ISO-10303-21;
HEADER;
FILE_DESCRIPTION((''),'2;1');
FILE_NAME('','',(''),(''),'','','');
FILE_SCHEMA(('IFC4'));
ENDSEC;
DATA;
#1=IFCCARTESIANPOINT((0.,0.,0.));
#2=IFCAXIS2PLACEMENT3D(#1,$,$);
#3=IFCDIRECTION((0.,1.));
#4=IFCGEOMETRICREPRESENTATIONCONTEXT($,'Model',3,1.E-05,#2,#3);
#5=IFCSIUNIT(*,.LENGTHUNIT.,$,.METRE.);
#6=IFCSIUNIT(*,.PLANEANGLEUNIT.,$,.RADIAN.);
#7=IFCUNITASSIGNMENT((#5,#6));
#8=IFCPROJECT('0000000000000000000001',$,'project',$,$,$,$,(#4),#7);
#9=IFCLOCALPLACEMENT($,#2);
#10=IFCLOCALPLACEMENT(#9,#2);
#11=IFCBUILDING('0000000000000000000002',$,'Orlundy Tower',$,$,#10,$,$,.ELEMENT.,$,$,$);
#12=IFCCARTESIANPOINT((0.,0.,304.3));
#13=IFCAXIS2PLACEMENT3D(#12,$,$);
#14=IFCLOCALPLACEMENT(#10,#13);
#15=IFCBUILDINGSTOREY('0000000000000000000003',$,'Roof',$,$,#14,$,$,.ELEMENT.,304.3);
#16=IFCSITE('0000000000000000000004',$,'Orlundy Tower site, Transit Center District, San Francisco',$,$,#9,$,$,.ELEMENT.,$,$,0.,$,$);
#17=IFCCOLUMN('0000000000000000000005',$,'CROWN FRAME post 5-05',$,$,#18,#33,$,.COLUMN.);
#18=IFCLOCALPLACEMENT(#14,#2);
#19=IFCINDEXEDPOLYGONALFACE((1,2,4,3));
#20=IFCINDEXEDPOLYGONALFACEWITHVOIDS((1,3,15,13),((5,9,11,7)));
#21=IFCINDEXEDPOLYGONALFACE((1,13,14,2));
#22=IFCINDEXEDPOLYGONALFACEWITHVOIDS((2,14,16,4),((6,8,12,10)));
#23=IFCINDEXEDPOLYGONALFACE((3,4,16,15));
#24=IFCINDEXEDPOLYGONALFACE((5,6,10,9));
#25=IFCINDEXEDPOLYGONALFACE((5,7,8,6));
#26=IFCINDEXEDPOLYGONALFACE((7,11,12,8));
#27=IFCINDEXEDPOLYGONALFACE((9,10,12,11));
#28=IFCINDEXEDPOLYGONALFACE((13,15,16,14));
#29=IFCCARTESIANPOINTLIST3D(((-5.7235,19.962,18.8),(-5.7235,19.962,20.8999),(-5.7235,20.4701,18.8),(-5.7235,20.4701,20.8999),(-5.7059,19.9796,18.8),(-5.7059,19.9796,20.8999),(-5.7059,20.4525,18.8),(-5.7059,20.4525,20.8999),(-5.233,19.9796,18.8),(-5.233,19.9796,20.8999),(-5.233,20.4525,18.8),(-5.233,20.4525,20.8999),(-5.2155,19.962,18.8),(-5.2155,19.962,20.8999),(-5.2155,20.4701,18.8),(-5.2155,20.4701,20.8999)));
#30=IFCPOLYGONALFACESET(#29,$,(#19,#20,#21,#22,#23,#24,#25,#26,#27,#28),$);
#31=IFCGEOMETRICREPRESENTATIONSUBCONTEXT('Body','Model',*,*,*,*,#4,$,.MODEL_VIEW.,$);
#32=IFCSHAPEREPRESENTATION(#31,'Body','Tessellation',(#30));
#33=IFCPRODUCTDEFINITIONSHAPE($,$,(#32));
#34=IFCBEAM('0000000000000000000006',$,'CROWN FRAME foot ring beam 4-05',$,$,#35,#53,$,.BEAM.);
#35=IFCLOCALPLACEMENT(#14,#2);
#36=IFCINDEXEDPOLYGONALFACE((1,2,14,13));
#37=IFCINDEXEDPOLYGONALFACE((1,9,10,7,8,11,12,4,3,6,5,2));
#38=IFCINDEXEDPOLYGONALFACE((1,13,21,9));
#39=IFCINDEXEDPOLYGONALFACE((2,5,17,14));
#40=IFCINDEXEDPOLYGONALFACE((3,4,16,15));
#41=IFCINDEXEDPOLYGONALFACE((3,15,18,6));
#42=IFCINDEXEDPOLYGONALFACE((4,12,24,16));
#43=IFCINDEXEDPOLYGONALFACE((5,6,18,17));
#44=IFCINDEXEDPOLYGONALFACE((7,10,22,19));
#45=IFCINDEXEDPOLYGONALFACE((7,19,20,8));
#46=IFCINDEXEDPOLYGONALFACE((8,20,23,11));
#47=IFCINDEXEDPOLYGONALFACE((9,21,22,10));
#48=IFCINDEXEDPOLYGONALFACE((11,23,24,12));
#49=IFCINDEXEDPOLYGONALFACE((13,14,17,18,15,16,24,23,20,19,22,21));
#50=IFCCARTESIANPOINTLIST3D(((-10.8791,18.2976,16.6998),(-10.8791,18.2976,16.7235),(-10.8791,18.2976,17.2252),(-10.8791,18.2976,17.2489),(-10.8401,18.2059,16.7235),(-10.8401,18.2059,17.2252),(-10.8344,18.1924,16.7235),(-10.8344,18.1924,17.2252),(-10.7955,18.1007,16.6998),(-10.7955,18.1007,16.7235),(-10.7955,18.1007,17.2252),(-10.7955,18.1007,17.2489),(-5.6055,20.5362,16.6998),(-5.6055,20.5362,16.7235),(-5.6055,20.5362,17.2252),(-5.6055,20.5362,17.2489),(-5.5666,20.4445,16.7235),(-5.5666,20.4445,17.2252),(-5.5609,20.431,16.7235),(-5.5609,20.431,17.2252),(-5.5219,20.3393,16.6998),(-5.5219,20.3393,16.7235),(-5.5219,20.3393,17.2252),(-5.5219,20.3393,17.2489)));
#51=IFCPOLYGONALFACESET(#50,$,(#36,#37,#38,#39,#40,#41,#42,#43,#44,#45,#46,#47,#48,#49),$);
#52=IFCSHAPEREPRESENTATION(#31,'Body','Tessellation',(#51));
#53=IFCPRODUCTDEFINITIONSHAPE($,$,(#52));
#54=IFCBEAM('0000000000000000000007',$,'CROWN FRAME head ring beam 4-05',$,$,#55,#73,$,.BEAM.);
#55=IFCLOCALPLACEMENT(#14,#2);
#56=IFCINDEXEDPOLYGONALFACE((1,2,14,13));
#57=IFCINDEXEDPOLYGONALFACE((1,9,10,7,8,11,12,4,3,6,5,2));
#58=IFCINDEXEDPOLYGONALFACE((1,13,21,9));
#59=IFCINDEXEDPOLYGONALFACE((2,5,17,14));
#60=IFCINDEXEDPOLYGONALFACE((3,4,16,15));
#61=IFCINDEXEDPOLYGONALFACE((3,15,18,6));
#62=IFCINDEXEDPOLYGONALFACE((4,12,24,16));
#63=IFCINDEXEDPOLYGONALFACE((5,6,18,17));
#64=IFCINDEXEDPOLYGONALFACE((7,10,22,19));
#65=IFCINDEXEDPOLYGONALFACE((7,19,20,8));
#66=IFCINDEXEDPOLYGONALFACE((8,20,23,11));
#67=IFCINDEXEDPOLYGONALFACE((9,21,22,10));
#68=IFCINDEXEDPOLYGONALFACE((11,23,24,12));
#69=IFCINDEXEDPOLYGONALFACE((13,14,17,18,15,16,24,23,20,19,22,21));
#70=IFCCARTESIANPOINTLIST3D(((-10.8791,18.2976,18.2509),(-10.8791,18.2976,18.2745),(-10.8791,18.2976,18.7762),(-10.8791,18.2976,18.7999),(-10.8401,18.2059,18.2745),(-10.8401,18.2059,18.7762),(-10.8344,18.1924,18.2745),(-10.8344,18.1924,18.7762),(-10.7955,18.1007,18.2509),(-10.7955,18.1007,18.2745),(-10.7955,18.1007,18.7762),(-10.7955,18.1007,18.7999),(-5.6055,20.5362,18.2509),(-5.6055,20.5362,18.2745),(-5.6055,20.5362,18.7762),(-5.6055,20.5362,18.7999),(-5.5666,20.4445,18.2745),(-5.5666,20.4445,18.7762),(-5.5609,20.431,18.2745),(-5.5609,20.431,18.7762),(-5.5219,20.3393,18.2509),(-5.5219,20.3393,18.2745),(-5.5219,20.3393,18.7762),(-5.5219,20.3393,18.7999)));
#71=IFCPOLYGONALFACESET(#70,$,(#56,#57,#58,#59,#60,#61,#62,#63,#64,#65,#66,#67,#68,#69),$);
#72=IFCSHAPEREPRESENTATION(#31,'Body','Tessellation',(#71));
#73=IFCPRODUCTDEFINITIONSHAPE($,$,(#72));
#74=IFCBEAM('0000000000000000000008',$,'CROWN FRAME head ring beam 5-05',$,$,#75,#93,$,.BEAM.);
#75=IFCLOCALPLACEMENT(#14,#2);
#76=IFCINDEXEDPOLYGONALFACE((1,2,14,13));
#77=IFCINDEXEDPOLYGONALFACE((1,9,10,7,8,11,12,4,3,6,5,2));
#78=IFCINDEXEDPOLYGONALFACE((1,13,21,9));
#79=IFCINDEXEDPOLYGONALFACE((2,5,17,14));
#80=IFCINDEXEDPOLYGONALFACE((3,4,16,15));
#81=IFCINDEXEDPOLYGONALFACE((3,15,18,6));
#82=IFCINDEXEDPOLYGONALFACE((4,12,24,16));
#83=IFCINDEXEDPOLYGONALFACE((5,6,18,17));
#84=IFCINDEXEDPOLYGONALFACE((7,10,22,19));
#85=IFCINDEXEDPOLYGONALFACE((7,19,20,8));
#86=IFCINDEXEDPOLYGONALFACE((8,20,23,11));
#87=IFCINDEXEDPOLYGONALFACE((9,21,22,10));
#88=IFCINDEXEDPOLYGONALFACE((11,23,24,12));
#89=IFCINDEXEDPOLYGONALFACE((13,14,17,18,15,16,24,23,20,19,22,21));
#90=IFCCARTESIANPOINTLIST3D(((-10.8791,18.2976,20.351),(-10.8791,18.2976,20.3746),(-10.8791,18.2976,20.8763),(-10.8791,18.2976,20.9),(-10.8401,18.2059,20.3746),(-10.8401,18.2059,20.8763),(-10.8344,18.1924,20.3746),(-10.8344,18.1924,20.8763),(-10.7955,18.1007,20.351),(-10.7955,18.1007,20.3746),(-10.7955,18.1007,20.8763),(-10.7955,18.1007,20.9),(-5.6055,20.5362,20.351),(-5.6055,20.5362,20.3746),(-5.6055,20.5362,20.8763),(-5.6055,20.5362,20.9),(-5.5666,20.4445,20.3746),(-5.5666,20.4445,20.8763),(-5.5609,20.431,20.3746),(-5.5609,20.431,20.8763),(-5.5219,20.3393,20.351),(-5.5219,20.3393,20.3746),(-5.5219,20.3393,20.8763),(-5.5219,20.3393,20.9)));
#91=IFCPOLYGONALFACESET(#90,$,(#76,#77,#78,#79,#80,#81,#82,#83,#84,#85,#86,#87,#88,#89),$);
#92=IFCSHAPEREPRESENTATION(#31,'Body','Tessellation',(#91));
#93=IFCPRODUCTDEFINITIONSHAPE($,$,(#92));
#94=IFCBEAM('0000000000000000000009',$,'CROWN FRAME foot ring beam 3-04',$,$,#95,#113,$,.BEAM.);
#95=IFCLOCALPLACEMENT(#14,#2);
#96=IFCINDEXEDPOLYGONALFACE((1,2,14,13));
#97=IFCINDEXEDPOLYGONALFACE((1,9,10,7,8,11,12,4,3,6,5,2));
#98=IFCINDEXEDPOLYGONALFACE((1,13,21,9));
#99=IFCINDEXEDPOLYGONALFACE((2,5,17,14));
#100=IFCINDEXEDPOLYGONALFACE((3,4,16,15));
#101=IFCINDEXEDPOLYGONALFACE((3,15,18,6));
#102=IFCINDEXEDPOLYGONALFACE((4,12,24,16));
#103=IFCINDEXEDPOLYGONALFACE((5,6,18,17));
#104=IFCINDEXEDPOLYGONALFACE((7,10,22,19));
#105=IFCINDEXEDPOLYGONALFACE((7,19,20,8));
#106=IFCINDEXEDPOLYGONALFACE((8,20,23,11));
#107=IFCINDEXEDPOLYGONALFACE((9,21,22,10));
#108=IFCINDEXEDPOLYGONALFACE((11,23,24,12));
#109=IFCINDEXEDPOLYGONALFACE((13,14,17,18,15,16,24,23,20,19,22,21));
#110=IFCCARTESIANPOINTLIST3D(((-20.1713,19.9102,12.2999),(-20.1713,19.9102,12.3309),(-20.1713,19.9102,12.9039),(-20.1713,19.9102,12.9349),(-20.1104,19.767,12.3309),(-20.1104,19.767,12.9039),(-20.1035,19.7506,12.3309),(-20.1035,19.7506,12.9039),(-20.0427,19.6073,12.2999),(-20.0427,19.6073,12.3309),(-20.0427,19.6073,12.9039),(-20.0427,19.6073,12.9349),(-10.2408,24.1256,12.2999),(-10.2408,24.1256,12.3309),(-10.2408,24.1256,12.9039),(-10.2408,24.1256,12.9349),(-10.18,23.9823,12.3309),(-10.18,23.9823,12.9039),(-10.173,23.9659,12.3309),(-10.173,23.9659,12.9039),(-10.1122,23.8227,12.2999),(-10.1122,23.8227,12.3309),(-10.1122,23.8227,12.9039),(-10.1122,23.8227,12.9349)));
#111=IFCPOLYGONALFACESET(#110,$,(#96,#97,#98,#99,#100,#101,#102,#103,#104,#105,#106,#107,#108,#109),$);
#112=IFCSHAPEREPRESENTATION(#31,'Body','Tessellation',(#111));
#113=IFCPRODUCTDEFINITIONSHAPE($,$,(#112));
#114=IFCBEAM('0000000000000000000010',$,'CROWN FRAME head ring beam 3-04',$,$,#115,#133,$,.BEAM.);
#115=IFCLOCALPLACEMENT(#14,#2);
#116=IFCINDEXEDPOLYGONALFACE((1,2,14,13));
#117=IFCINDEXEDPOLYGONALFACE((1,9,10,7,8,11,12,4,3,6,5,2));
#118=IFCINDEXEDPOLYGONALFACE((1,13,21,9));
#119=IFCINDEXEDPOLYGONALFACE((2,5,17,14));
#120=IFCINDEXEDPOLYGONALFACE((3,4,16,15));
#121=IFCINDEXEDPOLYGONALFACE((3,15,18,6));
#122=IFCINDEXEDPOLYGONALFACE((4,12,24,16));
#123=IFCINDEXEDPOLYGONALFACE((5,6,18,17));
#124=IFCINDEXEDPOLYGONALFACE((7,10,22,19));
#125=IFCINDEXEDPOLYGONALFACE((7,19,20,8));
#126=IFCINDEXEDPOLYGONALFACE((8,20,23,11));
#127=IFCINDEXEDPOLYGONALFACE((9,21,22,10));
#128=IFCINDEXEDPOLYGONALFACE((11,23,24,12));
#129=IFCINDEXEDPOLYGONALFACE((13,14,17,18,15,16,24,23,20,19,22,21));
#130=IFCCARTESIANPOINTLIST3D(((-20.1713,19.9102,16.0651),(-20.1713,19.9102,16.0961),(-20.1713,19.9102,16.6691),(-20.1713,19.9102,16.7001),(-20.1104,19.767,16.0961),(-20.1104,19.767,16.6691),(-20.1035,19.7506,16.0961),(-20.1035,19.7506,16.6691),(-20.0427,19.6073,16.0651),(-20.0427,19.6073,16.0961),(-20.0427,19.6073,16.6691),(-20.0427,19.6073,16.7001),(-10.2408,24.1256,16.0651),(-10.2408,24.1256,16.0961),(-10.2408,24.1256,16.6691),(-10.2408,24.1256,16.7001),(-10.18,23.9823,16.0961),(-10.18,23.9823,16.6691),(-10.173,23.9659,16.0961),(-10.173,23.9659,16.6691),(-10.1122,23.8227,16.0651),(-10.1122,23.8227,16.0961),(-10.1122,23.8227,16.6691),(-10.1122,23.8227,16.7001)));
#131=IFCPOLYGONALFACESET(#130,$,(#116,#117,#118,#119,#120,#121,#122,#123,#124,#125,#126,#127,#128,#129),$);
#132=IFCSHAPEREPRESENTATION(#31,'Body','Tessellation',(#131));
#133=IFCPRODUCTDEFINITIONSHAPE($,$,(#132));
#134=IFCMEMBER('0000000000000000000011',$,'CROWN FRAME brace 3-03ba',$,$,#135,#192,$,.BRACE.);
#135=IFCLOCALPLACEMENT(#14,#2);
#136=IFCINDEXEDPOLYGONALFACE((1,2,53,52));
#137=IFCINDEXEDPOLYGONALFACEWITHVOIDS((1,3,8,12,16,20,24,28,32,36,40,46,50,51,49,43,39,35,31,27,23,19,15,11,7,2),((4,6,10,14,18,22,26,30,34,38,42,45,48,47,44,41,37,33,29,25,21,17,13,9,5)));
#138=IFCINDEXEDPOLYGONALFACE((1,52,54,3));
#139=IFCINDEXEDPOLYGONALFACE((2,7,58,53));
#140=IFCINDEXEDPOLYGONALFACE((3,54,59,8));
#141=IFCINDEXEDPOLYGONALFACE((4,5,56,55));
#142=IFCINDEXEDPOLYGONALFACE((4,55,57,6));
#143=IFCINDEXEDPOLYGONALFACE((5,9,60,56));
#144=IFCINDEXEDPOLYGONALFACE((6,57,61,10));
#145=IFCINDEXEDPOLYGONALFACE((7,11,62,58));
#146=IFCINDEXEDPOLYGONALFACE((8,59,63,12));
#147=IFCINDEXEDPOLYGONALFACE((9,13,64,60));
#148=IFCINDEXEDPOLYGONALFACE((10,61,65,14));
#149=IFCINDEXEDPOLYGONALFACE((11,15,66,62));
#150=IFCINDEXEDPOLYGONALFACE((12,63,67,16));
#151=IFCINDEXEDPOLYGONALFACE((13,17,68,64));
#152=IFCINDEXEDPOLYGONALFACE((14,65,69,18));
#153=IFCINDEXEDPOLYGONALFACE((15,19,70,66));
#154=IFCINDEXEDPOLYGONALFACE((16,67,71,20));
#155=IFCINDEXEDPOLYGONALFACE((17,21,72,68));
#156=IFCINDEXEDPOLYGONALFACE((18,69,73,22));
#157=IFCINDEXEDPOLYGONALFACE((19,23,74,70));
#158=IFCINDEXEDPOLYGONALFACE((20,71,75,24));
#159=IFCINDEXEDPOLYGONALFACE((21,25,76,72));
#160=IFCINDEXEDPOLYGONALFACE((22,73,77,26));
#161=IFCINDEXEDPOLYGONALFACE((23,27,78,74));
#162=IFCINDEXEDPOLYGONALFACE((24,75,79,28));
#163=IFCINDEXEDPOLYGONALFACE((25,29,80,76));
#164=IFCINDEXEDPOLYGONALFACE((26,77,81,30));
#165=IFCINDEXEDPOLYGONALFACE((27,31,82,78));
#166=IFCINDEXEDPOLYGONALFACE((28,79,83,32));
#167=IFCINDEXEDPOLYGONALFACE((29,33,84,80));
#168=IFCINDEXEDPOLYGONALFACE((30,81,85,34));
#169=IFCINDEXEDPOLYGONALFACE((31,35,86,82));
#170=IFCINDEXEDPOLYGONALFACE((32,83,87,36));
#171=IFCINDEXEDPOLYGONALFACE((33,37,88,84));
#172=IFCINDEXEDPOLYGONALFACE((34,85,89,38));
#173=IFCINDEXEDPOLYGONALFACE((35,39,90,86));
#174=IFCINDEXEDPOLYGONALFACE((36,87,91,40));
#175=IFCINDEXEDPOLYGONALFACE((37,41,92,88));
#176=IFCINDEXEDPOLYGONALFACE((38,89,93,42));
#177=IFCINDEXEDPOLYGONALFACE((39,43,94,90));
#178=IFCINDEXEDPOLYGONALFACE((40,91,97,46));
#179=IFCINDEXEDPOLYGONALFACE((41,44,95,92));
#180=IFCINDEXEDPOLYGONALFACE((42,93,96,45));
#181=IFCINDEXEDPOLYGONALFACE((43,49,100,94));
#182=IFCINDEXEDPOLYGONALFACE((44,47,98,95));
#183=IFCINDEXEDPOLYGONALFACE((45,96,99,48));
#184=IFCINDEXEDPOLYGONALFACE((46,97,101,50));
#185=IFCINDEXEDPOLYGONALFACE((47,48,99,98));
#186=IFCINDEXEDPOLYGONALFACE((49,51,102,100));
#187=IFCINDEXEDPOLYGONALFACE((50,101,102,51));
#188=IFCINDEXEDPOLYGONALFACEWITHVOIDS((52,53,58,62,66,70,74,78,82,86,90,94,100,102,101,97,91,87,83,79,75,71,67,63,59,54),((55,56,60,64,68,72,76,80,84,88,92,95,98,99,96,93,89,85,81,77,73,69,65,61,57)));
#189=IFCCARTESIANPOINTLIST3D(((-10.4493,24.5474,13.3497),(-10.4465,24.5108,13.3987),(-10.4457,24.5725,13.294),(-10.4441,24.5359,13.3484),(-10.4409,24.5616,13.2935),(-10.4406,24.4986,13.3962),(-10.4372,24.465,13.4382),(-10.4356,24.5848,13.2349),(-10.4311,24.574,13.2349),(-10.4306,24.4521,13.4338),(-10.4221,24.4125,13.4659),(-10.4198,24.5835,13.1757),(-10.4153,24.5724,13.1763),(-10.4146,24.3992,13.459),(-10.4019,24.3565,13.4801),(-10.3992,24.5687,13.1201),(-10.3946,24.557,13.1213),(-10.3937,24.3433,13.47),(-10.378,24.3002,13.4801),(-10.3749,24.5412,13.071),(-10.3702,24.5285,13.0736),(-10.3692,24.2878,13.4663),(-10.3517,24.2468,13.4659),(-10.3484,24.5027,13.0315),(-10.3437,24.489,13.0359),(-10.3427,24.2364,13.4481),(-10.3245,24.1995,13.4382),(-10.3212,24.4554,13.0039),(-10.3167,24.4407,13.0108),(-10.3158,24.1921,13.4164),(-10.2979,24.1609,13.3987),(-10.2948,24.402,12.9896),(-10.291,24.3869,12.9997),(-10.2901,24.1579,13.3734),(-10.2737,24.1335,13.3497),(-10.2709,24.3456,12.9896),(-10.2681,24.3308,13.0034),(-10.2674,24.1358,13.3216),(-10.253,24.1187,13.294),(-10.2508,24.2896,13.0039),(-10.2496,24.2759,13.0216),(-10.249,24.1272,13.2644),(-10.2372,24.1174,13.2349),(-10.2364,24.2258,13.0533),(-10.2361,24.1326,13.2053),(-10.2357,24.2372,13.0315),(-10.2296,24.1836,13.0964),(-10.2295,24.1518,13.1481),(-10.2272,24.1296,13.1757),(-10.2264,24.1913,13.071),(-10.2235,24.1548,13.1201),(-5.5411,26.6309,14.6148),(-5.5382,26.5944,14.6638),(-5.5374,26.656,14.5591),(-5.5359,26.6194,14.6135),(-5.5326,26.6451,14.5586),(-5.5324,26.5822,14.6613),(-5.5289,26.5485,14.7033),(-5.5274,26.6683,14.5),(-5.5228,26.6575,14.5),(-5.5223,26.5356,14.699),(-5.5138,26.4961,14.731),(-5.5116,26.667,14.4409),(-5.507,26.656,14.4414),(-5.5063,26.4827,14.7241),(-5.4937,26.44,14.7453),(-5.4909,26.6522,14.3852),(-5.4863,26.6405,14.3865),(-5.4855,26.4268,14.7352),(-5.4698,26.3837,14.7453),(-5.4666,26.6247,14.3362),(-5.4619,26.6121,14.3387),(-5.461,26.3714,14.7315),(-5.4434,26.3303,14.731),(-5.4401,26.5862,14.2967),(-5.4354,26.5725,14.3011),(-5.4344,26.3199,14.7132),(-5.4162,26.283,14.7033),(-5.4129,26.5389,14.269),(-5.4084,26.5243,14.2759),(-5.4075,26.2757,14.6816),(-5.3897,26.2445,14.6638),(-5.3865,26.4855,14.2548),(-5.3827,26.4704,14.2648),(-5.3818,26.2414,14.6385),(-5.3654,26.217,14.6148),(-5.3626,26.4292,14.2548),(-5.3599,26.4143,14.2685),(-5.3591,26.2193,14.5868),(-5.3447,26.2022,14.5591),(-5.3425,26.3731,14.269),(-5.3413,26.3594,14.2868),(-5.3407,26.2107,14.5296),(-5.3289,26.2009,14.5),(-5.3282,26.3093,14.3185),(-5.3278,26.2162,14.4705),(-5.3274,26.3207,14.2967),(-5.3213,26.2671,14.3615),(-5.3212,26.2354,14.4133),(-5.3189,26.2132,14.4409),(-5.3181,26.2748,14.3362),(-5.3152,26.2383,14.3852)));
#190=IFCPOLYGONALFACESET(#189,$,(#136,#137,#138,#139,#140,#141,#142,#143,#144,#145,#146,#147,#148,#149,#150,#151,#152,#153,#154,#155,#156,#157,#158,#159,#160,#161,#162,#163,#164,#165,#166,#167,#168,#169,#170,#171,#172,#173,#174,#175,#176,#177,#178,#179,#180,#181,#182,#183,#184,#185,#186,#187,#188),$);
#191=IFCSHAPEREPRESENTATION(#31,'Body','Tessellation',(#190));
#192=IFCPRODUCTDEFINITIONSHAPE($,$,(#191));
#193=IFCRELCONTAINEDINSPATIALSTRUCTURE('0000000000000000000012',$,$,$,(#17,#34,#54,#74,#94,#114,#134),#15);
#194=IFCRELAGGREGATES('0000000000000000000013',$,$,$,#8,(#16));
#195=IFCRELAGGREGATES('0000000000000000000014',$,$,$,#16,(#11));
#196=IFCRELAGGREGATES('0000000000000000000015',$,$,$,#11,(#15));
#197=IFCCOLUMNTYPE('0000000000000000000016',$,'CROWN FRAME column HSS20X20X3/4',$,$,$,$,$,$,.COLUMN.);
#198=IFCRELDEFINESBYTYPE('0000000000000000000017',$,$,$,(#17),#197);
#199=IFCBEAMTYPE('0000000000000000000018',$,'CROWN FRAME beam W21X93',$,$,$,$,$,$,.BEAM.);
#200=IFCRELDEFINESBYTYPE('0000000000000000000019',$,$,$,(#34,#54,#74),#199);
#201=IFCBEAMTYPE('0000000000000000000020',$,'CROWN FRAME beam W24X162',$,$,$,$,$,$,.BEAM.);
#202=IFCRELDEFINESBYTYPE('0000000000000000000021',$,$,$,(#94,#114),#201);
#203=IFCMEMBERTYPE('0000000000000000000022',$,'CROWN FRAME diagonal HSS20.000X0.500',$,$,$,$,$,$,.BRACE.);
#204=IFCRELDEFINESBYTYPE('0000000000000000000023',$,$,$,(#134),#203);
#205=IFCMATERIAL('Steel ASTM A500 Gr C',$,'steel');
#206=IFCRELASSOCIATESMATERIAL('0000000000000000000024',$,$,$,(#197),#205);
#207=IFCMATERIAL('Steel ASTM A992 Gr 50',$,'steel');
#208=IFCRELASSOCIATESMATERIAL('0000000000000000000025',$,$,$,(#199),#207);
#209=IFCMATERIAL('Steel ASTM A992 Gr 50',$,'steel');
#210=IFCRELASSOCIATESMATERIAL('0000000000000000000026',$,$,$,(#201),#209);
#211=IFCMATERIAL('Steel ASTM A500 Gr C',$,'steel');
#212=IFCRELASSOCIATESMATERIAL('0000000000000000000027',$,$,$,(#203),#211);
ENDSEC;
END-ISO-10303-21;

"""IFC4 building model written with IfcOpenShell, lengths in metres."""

from ifc_helpers import new_model, si_unit, direction, frame, origin, origin_2d, place, context, subcontext, project, spatial, hollow_rectangle, hollow_circle, i_section, extrude, material, material_profile, profile_set, type_object, element, save


model = new_model("IFC4")

# Units and contexts
model_context = context("Model", 3, precision=1e-05, world=origin(), true_north=direction((0.0, 1.0)))
body_context = subcontext(model_context, "Body", "Model", "MODEL_VIEW")
ifc_project = project(units=[si_unit("LENGTHUNIT", "METRE"), si_unit("PLANEANGLEUNIT", "RADIAN")], contexts=[model_context])

# Site, building, storey
site_placement = place(None, origin())
site = spatial("IfcSite", under=ifc_project, at=site_placement, Name="Orlundy Tower site, Transit Center District, San Francisco", CompositionType="ELEMENT", RefElevation=0.0)
building_placement = place(site_placement, origin())
building = spatial("IfcBuilding", under=site, at=building_placement, Name="Orlundy Tower", CompositionType="ELEMENT")
storey_placement = place(building_placement, frame((0.0, 0.0, 304.3)))
storey = spatial("IfcBuildingStorey", under=building, at=storey_placement, Name="Roof", CompositionType="ELEMENT", Elevation=304.3)

# Column
ifc_material_1 = material(Name="Steel ASTM A500 Gr C", Category="steel")
ifc_material_profile_1 = material_profile(ifc_material_1, hollow_rectangle(XDim=0.5081, YDim=0.5081, WallThickness=0.0176, at=origin_2d()), Name="HSS20X20X3/4")
ifc_profile_set_1 = profile_set([ifc_material_profile_1], Name="Steel ASTM A500 Gr C")
column_type = type_object("IfcColumnType", Name="CROWN FRAME column HSS20X20X3/4", PredefinedType="COLUMN", material=ifc_profile_set_1)
column_placement = place(storey_placement, frame((-5.4695, 20.2161, 18.8), z_axis=(0.0, 0.0, 1.0), x_axis=(1.0, 0.0, 0.0)))
element("IfcColumn", 1, at=column_placement, inside=storey, type_object=column_type, Name="CROWN FRAME post 5-05", PredefinedType="COLUMN", context=body_context, shape_type="SweptSolid", body=[
    extrude(hollow_rectangle(XDim=0.5081, YDim=0.5081, WallThickness=0.0176, at=origin_2d()), origin(), (0.0, 0.0, 1.0), 2.0999),
])

# Beams
ifc_material_2 = material(Name="Steel ASTM A992 Gr 50", Category="steel")
ifc_material_profile_2 = material_profile(ifc_material_2, i_section(OverallWidth=0.2139, OverallDepth=0.5491, WebThickness=0.0146, FlangeThickness=0.0237, at=origin_2d()), Name="W21X93")
ifc_profile_set_2 = profile_set([ifc_material_profile_2], Name="Steel ASTM A992 Gr 50")
beam_type_1 = type_object("IfcBeamType", Name="CROWN FRAME beam W21X93", PredefinedType="BEAM", material=ifc_profile_set_2)
for number, where, z_axis, x_axis, name in (
    (2, (-5.5637, 20.4377, 16.9744), (-0.9205, -0.390744, 0.0), (0.390744, -0.9205, 0.0), "CROWN FRAME foot ring beam 4-05"),
    (3, (-5.5637, 20.4377, 18.5254), (-0.9205, -0.390744, 0.0), (0.390744, -0.9205, 0.0), "CROWN FRAME head ring beam 4-05"),
    (4, (-5.5637, 20.4377, 20.6255), (-0.9205, -0.390744, 0.0), (0.390744, -0.9205, 0.0), "CROWN FRAME head ring beam 5-05"),
):
    element("IfcBeam", number, at=place(storey_placement, frame(where, z_axis=z_axis, x_axis=x_axis)), inside=storey, type_object=beam_type_1, Name=name, PredefinedType="BEAM", context=body_context, shape_type="SweptSolid", body=[
        extrude(i_section(OverallWidth=0.2139, OverallDepth=0.5491, WebThickness=0.0146, FlangeThickness=0.0237, at=origin_2d()), origin(), (0.0, 0.0, 1.0), 5.729),
    ])
ifc_material_3 = material(Name="Steel ASTM A992 Gr 50", Category="steel")
ifc_material_profile_3 = material_profile(ifc_material_3, i_section(OverallWidth=0.3291, OverallDepth=0.635, WebThickness=0.0178, FlangeThickness=0.031, at=origin_2d()), Name="W24X162")
ifc_profile_set_3 = profile_set([ifc_material_profile_3], Name="Steel ASTM A992 Gr 50")
beam_type_2 = type_object("IfcBeamType", Name="CROWN FRAME beam W24X162", PredefinedType="BEAM", material=ifc_profile_set_3)
for number, where, z_axis, x_axis, name in (
    (5, (-10.1765, 23.9741, 12.6174), (-0.920501, -0.39074, 0.0), (0.39074, -0.920501, 0.0), "CROWN FRAME foot ring beam 3-04"),
    (6, (-10.1765, 23.9741, 16.3826), (-0.920501, -0.39074, 0.0), (0.39074, -0.920501, 0.0), "CROWN FRAME head ring beam 3-04"),
):
    element("IfcBeam", number, at=place(storey_placement, frame(where, z_axis=z_axis, x_axis=x_axis)), inside=storey, type_object=beam_type_2, Name=name, PredefinedType="BEAM", context=body_context, shape_type="SweptSolid", body=[
        extrude(i_section(OverallWidth=0.3291, OverallDepth=0.635, WebThickness=0.0178, FlangeThickness=0.031, at=origin_2d()), origin(), (0.0, 0.0, 1.0), 10.7881),
    ])

# Member
ifc_material_4 = material(Name="Steel ASTM A500 Gr C", Category="steel")
ifc_material_profile_4 = material_profile(ifc_material_4, hollow_circle(Radius=0.2539, WallThickness=0.0117, at=origin_2d()), Name="HSS20.000X0.500")
ifc_profile_set_4 = profile_set([ifc_material_profile_4], Name="Steel ASTM A500 Gr C")
member_type_1 = type_object("IfcMemberType", Name="CROWN FRAME diagonal HSS20.000X0.500", PredefinedType="BRACE", material=ifc_profile_set_4)
member_1_placement = place(storey_placement, frame((-10.3364, 24.3511, 13.2349), z_axis=(0.895634, 0.38019, 0.230858), x_axis=(-0.390745, 0.920499, 0.0)))
element("IfcMember", 7, at=member_1_placement, inside=storey, type_object=member_type_1, Name="CROWN FRAME brace 3-03ba", PredefinedType="BRACE", context=body_context, shape_type="SweptSolid", body=[
    extrude(hollow_circle(Radius=0.2539, WallThickness=0.0117, at=origin_2d()), origin(), (0.0, 0.0, 1.0), 5.4802),
])

save(model, "model.ifc")
